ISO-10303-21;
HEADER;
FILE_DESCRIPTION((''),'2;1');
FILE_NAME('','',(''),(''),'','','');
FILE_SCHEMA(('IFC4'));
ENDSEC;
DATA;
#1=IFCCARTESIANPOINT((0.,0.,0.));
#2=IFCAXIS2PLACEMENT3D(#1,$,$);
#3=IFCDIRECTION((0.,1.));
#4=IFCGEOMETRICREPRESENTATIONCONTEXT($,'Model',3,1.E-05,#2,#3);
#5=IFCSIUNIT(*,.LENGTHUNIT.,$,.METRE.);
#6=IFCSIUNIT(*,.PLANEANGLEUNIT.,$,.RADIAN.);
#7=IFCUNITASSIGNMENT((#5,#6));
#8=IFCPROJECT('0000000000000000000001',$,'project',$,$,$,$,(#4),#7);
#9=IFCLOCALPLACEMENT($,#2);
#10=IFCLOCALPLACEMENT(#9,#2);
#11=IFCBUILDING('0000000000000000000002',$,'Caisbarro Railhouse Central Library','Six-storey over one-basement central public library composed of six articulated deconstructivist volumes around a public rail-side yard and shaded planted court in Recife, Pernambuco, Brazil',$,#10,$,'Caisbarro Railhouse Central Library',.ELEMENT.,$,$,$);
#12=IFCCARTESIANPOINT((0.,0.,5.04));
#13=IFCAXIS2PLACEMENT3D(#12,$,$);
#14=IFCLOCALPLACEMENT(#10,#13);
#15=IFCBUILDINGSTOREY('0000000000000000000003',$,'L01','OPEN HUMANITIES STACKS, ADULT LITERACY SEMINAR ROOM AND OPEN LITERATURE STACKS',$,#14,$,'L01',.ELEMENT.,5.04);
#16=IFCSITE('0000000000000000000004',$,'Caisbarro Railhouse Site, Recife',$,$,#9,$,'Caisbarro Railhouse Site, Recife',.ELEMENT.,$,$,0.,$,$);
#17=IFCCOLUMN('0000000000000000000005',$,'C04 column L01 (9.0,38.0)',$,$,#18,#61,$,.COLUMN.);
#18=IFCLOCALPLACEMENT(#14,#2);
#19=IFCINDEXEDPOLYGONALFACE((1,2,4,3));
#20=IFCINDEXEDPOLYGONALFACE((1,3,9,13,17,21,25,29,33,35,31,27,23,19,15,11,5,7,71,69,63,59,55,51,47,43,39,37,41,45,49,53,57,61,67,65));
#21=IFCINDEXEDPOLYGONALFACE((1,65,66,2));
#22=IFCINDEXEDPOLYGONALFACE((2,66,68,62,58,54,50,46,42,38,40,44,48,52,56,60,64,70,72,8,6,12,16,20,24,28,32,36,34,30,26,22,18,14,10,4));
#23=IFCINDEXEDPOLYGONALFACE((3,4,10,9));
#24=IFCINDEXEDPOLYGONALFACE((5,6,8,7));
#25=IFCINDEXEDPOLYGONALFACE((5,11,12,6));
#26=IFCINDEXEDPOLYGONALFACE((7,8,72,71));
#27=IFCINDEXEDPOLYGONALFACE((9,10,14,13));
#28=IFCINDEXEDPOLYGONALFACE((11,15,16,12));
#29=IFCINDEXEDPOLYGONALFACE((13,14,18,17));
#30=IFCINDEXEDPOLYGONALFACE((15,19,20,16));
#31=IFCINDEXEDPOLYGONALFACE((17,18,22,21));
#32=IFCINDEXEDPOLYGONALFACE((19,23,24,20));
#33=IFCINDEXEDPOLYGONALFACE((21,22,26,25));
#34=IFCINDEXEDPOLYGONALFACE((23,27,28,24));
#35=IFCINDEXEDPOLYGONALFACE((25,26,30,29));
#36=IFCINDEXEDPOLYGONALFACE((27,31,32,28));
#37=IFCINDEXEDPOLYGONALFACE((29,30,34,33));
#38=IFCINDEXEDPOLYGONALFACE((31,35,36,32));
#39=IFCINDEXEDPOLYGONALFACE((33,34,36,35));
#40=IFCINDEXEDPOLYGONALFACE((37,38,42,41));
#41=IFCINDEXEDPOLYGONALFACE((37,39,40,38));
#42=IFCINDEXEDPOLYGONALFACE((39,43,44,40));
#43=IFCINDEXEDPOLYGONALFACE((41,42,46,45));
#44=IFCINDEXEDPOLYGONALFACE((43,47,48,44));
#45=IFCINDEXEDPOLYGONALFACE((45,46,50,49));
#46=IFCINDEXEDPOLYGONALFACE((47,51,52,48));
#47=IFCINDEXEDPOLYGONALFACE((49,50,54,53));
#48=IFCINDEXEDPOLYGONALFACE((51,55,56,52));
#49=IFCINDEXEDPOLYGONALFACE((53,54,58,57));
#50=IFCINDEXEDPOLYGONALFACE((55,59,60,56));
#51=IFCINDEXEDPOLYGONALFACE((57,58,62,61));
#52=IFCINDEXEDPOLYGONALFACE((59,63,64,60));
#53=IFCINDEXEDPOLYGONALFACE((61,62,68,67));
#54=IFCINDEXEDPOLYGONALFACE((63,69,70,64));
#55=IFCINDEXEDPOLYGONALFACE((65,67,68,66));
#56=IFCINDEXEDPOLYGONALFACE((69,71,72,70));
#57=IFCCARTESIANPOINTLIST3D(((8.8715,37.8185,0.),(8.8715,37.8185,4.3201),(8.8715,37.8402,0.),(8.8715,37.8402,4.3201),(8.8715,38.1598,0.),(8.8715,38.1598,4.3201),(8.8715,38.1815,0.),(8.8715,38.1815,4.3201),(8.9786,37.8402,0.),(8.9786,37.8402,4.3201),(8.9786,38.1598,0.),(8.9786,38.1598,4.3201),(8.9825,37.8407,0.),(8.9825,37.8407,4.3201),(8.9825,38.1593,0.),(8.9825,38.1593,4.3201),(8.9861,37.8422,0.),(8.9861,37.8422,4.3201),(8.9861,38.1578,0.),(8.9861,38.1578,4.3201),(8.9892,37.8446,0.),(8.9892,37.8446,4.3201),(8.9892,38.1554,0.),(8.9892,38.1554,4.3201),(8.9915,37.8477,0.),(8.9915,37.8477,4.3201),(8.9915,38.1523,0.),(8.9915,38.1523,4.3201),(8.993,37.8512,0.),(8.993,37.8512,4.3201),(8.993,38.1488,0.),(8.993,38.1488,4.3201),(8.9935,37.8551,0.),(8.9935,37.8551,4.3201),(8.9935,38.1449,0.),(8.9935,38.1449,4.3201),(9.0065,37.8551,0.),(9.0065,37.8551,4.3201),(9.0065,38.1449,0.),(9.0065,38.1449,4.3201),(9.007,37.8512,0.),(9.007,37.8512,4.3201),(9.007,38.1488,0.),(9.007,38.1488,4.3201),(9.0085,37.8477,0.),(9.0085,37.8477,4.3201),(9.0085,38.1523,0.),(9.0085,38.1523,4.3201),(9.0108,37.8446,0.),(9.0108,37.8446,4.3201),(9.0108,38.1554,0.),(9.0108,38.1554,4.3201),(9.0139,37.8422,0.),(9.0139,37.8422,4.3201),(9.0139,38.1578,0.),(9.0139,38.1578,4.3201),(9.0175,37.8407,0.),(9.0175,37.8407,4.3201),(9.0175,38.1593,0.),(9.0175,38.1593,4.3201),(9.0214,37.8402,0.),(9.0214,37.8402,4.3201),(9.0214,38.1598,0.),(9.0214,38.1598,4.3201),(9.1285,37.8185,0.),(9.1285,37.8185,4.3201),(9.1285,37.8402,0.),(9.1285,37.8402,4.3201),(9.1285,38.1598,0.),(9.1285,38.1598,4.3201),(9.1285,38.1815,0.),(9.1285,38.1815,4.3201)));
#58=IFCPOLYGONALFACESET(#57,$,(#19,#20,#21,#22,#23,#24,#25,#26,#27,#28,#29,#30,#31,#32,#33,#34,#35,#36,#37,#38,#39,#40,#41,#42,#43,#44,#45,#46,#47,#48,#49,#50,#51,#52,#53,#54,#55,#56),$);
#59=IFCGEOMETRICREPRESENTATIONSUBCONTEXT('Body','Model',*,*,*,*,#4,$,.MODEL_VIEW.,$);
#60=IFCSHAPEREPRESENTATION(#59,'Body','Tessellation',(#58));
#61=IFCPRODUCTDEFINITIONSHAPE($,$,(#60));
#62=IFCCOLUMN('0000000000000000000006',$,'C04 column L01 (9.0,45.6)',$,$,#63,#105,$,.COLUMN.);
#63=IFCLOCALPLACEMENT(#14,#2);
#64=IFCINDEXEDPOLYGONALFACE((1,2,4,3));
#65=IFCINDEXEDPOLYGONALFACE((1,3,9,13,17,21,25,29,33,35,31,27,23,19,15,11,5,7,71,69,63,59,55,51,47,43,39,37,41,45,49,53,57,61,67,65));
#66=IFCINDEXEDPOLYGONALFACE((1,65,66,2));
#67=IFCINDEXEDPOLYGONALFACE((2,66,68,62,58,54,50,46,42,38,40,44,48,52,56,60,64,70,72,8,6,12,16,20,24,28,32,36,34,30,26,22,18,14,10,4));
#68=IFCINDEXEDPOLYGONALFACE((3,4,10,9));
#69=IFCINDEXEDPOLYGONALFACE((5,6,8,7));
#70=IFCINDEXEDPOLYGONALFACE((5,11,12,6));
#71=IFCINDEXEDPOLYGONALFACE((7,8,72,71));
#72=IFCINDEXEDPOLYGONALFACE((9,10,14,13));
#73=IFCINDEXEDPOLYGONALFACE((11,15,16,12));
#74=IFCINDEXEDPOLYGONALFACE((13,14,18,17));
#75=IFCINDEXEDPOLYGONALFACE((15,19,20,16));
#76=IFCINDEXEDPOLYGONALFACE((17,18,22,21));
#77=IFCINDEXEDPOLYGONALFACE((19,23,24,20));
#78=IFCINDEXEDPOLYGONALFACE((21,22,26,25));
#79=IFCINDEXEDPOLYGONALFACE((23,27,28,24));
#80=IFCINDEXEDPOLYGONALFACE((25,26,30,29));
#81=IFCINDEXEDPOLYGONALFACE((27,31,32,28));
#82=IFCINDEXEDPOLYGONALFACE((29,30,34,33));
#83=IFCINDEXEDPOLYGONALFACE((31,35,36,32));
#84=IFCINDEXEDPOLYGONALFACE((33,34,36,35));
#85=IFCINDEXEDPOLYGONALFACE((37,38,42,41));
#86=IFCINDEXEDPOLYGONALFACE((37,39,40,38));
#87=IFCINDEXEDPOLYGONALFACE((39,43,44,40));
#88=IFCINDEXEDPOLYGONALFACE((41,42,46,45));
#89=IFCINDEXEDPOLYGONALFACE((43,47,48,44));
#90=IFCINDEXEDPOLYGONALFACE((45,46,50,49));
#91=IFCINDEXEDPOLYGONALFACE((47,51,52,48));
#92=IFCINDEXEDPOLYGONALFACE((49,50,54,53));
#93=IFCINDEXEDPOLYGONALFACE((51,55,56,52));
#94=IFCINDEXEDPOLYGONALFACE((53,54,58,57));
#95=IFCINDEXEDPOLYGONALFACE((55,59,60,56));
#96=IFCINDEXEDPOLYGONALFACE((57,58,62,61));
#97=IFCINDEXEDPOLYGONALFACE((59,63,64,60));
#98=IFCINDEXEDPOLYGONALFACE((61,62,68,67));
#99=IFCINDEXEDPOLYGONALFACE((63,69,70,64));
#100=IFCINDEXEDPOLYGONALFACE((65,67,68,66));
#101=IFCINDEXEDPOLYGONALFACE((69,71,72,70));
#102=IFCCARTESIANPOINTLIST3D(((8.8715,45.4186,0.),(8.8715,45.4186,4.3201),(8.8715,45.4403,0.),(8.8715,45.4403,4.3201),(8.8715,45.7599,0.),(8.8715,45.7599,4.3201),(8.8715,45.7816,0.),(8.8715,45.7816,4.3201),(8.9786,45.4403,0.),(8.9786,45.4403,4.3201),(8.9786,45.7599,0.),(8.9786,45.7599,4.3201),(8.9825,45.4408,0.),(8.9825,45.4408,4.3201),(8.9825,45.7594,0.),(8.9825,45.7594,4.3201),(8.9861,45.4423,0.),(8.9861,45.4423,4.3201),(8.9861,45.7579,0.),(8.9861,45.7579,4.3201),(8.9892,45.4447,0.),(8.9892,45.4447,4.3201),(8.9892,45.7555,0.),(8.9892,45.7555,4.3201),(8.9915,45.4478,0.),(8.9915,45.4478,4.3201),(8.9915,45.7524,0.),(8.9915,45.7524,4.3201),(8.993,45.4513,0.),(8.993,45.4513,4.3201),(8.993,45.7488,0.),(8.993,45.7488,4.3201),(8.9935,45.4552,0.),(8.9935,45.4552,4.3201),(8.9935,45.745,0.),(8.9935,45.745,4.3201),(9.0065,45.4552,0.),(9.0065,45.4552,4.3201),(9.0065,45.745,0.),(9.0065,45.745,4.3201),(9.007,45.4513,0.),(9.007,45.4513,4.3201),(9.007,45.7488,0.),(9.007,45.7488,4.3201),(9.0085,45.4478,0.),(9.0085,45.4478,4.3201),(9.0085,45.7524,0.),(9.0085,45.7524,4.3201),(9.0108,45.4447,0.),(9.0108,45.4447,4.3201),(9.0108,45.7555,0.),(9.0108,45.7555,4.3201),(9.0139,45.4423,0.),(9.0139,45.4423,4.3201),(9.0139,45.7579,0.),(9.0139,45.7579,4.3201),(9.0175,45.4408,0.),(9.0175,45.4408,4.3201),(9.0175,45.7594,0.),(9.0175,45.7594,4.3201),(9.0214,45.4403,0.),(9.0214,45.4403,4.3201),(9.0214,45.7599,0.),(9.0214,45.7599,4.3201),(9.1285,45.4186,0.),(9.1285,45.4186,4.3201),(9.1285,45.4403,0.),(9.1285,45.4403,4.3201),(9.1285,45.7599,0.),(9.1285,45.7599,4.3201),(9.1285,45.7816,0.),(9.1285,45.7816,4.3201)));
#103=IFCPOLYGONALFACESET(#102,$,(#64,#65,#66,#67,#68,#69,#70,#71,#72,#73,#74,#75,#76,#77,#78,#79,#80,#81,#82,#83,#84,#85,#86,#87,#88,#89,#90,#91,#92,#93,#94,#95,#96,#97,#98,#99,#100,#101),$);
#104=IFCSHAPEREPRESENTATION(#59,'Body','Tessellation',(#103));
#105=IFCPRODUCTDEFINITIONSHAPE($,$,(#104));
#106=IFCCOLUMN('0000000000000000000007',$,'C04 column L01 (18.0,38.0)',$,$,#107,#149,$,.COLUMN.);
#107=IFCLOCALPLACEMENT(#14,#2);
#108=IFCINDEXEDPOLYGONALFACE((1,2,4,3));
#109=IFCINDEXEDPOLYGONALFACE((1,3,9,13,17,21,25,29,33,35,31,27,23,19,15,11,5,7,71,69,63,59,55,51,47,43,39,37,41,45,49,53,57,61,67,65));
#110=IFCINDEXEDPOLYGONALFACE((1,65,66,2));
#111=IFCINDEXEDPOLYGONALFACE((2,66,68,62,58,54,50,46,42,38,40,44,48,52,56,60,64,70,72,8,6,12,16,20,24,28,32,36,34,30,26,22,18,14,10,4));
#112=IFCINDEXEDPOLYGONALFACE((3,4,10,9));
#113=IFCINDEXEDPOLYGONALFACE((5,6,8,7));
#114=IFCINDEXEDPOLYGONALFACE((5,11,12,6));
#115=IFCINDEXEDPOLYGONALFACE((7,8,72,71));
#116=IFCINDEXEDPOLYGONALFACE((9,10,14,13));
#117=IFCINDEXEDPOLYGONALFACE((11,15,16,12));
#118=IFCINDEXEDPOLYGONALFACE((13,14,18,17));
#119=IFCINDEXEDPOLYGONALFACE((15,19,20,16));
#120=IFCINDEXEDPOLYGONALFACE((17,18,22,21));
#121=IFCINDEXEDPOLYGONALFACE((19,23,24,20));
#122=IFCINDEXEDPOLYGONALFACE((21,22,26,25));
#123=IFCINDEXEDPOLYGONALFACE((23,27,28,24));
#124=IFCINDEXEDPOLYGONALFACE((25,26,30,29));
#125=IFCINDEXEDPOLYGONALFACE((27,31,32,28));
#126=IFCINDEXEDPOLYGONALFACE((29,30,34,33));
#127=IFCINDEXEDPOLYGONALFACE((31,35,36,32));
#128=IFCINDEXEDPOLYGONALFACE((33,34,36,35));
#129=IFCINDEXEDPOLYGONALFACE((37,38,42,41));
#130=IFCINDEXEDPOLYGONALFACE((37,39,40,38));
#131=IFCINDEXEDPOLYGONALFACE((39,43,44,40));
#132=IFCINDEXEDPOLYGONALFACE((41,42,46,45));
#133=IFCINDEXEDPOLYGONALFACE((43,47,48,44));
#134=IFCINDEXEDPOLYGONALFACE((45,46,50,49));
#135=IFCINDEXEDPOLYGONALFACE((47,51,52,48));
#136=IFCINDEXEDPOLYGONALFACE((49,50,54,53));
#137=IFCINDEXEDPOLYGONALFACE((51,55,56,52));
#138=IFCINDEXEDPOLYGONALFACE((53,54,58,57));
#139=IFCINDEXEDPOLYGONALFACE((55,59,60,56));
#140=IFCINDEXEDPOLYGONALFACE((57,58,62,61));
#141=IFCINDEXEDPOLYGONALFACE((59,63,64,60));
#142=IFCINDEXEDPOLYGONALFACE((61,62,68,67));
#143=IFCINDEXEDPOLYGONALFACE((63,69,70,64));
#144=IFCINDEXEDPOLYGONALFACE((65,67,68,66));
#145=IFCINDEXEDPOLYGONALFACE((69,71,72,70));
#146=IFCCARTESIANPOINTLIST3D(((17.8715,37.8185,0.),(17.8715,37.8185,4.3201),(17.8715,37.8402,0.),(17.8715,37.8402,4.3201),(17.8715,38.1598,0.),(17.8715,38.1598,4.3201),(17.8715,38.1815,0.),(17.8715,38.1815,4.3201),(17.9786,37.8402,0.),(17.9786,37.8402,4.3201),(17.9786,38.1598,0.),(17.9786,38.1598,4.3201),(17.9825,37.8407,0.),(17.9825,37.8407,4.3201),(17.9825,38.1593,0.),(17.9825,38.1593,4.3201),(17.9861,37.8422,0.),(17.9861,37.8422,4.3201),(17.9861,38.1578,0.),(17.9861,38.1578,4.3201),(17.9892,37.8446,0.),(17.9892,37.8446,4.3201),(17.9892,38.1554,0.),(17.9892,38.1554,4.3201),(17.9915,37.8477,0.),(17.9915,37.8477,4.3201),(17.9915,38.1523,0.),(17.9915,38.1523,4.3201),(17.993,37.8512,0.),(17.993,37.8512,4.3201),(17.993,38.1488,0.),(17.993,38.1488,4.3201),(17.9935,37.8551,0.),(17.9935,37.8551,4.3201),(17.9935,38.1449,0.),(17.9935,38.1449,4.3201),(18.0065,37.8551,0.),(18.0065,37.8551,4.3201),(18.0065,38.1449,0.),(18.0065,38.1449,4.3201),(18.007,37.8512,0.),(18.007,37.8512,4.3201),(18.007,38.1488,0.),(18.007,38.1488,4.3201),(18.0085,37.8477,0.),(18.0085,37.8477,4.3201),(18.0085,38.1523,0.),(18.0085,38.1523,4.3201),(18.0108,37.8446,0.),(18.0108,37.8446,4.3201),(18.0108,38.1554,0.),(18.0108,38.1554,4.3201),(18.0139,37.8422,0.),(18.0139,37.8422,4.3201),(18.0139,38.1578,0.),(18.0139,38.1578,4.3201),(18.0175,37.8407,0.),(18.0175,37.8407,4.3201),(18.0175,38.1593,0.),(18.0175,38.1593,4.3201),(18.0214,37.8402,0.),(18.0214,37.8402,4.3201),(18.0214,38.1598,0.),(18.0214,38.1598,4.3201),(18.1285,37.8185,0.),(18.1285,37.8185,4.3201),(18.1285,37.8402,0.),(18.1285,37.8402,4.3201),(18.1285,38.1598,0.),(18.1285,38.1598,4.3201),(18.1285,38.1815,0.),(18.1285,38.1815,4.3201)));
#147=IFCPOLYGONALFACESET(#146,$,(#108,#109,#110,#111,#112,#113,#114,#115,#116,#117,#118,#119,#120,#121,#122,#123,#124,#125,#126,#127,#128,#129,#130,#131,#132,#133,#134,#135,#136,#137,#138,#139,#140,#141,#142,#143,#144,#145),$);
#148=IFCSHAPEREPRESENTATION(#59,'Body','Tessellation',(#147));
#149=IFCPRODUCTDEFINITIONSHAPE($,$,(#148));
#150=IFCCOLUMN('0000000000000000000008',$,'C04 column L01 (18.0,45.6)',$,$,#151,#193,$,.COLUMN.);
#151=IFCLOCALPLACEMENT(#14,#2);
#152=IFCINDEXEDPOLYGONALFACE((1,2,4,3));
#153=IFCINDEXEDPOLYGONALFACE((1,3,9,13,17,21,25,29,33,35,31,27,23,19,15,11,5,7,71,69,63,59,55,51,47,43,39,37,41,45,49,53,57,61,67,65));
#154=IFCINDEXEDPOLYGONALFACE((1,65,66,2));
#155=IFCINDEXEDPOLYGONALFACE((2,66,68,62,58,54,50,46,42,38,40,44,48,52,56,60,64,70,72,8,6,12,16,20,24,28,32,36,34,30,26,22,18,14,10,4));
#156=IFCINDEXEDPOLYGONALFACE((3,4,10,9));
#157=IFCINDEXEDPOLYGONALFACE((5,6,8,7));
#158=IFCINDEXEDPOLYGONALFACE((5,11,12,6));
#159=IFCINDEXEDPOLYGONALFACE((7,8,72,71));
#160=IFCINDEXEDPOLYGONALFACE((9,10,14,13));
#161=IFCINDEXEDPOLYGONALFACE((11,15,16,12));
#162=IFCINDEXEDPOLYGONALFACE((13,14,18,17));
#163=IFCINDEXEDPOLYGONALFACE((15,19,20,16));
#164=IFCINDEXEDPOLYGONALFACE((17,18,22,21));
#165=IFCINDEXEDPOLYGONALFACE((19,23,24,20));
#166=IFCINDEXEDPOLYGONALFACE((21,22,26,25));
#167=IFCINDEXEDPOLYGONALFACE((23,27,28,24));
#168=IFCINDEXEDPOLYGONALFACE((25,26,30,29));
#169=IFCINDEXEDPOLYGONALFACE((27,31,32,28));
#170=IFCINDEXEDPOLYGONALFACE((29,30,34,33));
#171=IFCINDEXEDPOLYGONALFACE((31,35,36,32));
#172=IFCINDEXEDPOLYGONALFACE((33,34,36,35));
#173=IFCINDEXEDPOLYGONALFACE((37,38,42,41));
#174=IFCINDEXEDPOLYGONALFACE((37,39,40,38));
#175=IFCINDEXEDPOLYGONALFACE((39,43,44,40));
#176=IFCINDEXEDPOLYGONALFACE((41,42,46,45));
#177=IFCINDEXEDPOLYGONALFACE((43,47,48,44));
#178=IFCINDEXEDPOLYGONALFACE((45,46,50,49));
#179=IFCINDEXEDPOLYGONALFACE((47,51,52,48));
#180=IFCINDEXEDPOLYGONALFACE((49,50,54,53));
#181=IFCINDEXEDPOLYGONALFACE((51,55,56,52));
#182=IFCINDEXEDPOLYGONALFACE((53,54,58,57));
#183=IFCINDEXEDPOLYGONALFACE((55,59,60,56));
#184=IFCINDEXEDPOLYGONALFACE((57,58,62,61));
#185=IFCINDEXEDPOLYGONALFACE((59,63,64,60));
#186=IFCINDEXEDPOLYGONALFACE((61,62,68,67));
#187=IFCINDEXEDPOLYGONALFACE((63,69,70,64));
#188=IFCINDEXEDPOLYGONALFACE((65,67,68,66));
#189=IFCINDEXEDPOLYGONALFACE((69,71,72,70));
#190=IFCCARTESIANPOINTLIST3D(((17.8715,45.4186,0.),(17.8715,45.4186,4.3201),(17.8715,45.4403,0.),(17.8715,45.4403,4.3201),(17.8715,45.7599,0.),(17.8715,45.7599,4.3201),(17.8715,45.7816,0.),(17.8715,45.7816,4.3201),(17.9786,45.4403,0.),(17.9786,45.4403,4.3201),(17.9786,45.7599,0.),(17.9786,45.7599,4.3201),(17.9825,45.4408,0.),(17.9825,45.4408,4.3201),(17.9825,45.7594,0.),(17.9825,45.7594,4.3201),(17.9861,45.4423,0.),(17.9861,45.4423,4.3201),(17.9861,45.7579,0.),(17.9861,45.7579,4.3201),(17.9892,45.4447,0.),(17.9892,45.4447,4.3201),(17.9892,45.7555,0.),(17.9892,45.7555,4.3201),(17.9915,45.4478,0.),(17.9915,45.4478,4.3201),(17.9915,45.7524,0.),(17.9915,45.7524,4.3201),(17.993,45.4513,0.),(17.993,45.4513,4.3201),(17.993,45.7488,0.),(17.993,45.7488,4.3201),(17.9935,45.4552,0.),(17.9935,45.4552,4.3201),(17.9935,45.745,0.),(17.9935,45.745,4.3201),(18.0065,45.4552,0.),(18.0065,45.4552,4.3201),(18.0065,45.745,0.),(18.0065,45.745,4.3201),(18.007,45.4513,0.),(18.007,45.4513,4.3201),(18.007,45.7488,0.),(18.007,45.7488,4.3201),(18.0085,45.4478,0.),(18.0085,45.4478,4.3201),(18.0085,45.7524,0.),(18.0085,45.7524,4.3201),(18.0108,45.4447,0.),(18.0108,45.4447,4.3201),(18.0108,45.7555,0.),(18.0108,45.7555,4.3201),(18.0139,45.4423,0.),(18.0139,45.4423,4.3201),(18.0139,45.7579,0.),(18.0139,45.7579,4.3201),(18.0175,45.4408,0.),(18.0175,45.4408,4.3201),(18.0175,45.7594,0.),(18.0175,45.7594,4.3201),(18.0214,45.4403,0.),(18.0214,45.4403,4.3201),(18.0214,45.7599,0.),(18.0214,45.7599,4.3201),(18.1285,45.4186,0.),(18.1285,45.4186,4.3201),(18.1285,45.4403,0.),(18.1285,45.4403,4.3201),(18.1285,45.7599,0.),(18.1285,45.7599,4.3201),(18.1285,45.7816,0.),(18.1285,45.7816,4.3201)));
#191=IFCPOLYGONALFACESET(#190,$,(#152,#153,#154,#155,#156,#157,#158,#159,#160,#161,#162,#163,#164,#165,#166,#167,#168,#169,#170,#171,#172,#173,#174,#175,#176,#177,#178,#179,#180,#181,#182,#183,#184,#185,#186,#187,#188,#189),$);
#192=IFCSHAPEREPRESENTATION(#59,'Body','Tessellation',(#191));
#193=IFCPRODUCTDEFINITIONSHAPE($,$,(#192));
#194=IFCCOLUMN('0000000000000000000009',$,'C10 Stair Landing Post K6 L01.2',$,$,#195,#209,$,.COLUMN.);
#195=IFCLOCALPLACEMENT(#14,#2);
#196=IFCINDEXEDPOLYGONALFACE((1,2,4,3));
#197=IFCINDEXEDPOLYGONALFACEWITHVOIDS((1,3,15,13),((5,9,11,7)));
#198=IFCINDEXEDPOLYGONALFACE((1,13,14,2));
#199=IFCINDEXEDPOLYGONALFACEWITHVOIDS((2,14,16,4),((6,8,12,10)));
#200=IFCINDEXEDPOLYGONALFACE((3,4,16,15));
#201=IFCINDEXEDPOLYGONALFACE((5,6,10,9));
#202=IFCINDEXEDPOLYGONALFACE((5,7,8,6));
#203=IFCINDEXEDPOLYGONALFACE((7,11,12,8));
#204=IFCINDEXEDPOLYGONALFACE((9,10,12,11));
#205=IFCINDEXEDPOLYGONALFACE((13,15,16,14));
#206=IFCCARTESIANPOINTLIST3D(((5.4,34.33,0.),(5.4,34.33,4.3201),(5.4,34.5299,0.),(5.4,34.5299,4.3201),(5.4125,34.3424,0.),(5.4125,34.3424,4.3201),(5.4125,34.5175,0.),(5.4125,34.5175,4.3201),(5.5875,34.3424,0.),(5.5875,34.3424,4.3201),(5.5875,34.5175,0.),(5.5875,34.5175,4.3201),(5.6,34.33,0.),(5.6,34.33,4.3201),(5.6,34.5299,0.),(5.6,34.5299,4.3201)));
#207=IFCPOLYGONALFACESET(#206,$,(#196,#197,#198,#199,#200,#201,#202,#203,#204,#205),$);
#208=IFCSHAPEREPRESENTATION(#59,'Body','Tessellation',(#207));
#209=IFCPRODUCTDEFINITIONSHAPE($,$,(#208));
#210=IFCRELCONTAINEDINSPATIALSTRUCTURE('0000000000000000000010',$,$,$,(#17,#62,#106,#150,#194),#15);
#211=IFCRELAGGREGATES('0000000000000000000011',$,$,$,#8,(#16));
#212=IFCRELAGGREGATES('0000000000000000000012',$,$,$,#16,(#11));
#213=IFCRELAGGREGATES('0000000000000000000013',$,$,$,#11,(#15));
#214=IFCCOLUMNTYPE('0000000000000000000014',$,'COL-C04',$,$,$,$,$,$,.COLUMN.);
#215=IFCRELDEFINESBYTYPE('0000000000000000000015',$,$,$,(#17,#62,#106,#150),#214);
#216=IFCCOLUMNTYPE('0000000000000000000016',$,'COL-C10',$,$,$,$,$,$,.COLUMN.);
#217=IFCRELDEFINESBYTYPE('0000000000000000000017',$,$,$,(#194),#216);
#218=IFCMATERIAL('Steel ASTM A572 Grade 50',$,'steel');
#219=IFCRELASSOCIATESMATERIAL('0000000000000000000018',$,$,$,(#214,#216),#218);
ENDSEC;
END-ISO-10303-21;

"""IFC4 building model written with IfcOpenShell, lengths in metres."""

from ifc_helpers import new_model, si_unit, direction, frame, origin, origin_2d, place, context, subcontext, project, spatial, hollow_rectangle, i_section, extrude, material, material_profile, profile_set, type_object, element, save


model = new_model("IFC4")

# Units and contexts
model_context = context("Model", 3, precision=1e-05, world=origin(), true_north=direction((0.0, 1.0)))
body_context = subcontext(model_context, "Body", "Model", "MODEL_VIEW")
ifc_project = project(units=[si_unit("LENGTHUNIT", "METRE"), si_unit("PLANEANGLEUNIT", "RADIAN")], contexts=[model_context])

# Site, building, storey
site_placement = place(None, origin())
site = spatial("IfcSite", under=ifc_project, at=site_placement, Name="Caisbarro Railhouse Site, Recife", LongName="Caisbarro Railhouse Site, Recife", CompositionType="ELEMENT", RefElevation=0.0)
building_placement = place(site_placement, origin())
building = spatial("IfcBuilding", under=site, at=building_placement, Name="Caisbarro Railhouse Central Library", Description="Six-storey over one-basement central public library composed of six articulated deconstructivist volumes around a public rail-side yard and shaded planted court in Recife, Pernambuco, Brazil", LongName="Caisbarro Railhouse Central Library", CompositionType="ELEMENT")
storey_placement = place(building_placement, frame((0.0, 0.0, 5.04)))
storey = spatial("IfcBuildingStorey", under=building, at=storey_placement, Name="L01", Description="OPEN HUMANITIES STACKS, ADULT LITERACY SEMINAR ROOM AND OPEN LITERATURE STACKS", LongName="L01", CompositionType="ELEMENT", Elevation=5.04)

# Columns
ifc_material_1 = material(Name="Steel ASTM A572 Grade 50", Category="steel")
ifc_material_profile_1 = material_profile(ifc_material_1, i_section(OverallWidth=0.2571, OverallDepth=0.363, WebThickness=0.0129, FlangeThickness=0.0217, FilletRadius=0.0149, at=origin_2d()), Name="W360X122.0")
ifc_profile_set_1 = profile_set([ifc_material_profile_1], Name="Steel ASTM A572 Grade 50")
column_type_1 = type_object("IfcColumnType", Name="COL-C04", PredefinedType="COLUMN", material=ifc_profile_set_1)
for number, where, z_axis, x_axis, name in (
    (1, (9.0, 38.0, 0.0), (0.0, 0.0, 1.0), (1.0, 0.0, 0.0), "C04 column L01 (9.0,38.0)"),
    (2, (9.0, 45.6001, 0.0), (0.0, 0.0, 1.0), (1.0, 0.0, 0.0), "C04 column L01 (9.0,45.6)"),
    (3, (18.0, 38.0, 0.0), (0.0, 0.0, 1.0), (1.0, 0.0, 0.0), "C04 column L01 (18.0,38.0)"),
    (4, (18.0, 45.6001, 0.0), (0.0, 0.0, 1.0), (1.0, 0.0, 0.0), "C04 column L01 (18.0,45.6)"),
):
    element("IfcColumn", number, at=place(storey_placement, frame(where, z_axis=z_axis, x_axis=x_axis)), inside=storey, type_object=column_type_1, Name=name, PredefinedType="COLUMN", context=body_context, shape_type="SweptSolid", body=[
        extrude(i_section(OverallWidth=0.2571, OverallDepth=0.363, WebThickness=0.0129, FlangeThickness=0.0217, FilletRadius=0.0149, at=origin_2d()), origin(), (0.0, 0.0, 1.0), 4.3201),
    ])
ifc_material_profile_2 = material_profile(ifc_material_1, hollow_rectangle(XDim=0.2, YDim=0.2, WallThickness=0.0125, at=origin_2d()), Name="HSS200X200X12.5")
ifc_profile_set_2 = profile_set([ifc_material_profile_2], Name="Steel ASTM A572 Grade 50")
column_type_2 = type_object("IfcColumnType", Name="COL-C10", PredefinedType="COLUMN", material=ifc_profile_set_2)
for number, where, z_axis, x_axis, name in (
    (5, (5.5, 34.4299, 0.0), (0.0, 0.0, 1.0), (1.0, 0.0, 0.0), "C10 Stair Landing Post K6 L01.2"),
):
    element("IfcColumn", number, at=place(storey_placement, frame(where, z_axis=z_axis, x_axis=x_axis)), inside=storey, type_object=column_type_2, Name=name, PredefinedType="COLUMN", context=body_context, shape_type="SweptSolid", body=[
        extrude(hollow_rectangle(XDim=0.2, YDim=0.2, WallThickness=0.0125, at=origin_2d()), origin(), (0.0, 0.0, 1.0), 4.3201),
    ])

save(model, "model.ifc")
